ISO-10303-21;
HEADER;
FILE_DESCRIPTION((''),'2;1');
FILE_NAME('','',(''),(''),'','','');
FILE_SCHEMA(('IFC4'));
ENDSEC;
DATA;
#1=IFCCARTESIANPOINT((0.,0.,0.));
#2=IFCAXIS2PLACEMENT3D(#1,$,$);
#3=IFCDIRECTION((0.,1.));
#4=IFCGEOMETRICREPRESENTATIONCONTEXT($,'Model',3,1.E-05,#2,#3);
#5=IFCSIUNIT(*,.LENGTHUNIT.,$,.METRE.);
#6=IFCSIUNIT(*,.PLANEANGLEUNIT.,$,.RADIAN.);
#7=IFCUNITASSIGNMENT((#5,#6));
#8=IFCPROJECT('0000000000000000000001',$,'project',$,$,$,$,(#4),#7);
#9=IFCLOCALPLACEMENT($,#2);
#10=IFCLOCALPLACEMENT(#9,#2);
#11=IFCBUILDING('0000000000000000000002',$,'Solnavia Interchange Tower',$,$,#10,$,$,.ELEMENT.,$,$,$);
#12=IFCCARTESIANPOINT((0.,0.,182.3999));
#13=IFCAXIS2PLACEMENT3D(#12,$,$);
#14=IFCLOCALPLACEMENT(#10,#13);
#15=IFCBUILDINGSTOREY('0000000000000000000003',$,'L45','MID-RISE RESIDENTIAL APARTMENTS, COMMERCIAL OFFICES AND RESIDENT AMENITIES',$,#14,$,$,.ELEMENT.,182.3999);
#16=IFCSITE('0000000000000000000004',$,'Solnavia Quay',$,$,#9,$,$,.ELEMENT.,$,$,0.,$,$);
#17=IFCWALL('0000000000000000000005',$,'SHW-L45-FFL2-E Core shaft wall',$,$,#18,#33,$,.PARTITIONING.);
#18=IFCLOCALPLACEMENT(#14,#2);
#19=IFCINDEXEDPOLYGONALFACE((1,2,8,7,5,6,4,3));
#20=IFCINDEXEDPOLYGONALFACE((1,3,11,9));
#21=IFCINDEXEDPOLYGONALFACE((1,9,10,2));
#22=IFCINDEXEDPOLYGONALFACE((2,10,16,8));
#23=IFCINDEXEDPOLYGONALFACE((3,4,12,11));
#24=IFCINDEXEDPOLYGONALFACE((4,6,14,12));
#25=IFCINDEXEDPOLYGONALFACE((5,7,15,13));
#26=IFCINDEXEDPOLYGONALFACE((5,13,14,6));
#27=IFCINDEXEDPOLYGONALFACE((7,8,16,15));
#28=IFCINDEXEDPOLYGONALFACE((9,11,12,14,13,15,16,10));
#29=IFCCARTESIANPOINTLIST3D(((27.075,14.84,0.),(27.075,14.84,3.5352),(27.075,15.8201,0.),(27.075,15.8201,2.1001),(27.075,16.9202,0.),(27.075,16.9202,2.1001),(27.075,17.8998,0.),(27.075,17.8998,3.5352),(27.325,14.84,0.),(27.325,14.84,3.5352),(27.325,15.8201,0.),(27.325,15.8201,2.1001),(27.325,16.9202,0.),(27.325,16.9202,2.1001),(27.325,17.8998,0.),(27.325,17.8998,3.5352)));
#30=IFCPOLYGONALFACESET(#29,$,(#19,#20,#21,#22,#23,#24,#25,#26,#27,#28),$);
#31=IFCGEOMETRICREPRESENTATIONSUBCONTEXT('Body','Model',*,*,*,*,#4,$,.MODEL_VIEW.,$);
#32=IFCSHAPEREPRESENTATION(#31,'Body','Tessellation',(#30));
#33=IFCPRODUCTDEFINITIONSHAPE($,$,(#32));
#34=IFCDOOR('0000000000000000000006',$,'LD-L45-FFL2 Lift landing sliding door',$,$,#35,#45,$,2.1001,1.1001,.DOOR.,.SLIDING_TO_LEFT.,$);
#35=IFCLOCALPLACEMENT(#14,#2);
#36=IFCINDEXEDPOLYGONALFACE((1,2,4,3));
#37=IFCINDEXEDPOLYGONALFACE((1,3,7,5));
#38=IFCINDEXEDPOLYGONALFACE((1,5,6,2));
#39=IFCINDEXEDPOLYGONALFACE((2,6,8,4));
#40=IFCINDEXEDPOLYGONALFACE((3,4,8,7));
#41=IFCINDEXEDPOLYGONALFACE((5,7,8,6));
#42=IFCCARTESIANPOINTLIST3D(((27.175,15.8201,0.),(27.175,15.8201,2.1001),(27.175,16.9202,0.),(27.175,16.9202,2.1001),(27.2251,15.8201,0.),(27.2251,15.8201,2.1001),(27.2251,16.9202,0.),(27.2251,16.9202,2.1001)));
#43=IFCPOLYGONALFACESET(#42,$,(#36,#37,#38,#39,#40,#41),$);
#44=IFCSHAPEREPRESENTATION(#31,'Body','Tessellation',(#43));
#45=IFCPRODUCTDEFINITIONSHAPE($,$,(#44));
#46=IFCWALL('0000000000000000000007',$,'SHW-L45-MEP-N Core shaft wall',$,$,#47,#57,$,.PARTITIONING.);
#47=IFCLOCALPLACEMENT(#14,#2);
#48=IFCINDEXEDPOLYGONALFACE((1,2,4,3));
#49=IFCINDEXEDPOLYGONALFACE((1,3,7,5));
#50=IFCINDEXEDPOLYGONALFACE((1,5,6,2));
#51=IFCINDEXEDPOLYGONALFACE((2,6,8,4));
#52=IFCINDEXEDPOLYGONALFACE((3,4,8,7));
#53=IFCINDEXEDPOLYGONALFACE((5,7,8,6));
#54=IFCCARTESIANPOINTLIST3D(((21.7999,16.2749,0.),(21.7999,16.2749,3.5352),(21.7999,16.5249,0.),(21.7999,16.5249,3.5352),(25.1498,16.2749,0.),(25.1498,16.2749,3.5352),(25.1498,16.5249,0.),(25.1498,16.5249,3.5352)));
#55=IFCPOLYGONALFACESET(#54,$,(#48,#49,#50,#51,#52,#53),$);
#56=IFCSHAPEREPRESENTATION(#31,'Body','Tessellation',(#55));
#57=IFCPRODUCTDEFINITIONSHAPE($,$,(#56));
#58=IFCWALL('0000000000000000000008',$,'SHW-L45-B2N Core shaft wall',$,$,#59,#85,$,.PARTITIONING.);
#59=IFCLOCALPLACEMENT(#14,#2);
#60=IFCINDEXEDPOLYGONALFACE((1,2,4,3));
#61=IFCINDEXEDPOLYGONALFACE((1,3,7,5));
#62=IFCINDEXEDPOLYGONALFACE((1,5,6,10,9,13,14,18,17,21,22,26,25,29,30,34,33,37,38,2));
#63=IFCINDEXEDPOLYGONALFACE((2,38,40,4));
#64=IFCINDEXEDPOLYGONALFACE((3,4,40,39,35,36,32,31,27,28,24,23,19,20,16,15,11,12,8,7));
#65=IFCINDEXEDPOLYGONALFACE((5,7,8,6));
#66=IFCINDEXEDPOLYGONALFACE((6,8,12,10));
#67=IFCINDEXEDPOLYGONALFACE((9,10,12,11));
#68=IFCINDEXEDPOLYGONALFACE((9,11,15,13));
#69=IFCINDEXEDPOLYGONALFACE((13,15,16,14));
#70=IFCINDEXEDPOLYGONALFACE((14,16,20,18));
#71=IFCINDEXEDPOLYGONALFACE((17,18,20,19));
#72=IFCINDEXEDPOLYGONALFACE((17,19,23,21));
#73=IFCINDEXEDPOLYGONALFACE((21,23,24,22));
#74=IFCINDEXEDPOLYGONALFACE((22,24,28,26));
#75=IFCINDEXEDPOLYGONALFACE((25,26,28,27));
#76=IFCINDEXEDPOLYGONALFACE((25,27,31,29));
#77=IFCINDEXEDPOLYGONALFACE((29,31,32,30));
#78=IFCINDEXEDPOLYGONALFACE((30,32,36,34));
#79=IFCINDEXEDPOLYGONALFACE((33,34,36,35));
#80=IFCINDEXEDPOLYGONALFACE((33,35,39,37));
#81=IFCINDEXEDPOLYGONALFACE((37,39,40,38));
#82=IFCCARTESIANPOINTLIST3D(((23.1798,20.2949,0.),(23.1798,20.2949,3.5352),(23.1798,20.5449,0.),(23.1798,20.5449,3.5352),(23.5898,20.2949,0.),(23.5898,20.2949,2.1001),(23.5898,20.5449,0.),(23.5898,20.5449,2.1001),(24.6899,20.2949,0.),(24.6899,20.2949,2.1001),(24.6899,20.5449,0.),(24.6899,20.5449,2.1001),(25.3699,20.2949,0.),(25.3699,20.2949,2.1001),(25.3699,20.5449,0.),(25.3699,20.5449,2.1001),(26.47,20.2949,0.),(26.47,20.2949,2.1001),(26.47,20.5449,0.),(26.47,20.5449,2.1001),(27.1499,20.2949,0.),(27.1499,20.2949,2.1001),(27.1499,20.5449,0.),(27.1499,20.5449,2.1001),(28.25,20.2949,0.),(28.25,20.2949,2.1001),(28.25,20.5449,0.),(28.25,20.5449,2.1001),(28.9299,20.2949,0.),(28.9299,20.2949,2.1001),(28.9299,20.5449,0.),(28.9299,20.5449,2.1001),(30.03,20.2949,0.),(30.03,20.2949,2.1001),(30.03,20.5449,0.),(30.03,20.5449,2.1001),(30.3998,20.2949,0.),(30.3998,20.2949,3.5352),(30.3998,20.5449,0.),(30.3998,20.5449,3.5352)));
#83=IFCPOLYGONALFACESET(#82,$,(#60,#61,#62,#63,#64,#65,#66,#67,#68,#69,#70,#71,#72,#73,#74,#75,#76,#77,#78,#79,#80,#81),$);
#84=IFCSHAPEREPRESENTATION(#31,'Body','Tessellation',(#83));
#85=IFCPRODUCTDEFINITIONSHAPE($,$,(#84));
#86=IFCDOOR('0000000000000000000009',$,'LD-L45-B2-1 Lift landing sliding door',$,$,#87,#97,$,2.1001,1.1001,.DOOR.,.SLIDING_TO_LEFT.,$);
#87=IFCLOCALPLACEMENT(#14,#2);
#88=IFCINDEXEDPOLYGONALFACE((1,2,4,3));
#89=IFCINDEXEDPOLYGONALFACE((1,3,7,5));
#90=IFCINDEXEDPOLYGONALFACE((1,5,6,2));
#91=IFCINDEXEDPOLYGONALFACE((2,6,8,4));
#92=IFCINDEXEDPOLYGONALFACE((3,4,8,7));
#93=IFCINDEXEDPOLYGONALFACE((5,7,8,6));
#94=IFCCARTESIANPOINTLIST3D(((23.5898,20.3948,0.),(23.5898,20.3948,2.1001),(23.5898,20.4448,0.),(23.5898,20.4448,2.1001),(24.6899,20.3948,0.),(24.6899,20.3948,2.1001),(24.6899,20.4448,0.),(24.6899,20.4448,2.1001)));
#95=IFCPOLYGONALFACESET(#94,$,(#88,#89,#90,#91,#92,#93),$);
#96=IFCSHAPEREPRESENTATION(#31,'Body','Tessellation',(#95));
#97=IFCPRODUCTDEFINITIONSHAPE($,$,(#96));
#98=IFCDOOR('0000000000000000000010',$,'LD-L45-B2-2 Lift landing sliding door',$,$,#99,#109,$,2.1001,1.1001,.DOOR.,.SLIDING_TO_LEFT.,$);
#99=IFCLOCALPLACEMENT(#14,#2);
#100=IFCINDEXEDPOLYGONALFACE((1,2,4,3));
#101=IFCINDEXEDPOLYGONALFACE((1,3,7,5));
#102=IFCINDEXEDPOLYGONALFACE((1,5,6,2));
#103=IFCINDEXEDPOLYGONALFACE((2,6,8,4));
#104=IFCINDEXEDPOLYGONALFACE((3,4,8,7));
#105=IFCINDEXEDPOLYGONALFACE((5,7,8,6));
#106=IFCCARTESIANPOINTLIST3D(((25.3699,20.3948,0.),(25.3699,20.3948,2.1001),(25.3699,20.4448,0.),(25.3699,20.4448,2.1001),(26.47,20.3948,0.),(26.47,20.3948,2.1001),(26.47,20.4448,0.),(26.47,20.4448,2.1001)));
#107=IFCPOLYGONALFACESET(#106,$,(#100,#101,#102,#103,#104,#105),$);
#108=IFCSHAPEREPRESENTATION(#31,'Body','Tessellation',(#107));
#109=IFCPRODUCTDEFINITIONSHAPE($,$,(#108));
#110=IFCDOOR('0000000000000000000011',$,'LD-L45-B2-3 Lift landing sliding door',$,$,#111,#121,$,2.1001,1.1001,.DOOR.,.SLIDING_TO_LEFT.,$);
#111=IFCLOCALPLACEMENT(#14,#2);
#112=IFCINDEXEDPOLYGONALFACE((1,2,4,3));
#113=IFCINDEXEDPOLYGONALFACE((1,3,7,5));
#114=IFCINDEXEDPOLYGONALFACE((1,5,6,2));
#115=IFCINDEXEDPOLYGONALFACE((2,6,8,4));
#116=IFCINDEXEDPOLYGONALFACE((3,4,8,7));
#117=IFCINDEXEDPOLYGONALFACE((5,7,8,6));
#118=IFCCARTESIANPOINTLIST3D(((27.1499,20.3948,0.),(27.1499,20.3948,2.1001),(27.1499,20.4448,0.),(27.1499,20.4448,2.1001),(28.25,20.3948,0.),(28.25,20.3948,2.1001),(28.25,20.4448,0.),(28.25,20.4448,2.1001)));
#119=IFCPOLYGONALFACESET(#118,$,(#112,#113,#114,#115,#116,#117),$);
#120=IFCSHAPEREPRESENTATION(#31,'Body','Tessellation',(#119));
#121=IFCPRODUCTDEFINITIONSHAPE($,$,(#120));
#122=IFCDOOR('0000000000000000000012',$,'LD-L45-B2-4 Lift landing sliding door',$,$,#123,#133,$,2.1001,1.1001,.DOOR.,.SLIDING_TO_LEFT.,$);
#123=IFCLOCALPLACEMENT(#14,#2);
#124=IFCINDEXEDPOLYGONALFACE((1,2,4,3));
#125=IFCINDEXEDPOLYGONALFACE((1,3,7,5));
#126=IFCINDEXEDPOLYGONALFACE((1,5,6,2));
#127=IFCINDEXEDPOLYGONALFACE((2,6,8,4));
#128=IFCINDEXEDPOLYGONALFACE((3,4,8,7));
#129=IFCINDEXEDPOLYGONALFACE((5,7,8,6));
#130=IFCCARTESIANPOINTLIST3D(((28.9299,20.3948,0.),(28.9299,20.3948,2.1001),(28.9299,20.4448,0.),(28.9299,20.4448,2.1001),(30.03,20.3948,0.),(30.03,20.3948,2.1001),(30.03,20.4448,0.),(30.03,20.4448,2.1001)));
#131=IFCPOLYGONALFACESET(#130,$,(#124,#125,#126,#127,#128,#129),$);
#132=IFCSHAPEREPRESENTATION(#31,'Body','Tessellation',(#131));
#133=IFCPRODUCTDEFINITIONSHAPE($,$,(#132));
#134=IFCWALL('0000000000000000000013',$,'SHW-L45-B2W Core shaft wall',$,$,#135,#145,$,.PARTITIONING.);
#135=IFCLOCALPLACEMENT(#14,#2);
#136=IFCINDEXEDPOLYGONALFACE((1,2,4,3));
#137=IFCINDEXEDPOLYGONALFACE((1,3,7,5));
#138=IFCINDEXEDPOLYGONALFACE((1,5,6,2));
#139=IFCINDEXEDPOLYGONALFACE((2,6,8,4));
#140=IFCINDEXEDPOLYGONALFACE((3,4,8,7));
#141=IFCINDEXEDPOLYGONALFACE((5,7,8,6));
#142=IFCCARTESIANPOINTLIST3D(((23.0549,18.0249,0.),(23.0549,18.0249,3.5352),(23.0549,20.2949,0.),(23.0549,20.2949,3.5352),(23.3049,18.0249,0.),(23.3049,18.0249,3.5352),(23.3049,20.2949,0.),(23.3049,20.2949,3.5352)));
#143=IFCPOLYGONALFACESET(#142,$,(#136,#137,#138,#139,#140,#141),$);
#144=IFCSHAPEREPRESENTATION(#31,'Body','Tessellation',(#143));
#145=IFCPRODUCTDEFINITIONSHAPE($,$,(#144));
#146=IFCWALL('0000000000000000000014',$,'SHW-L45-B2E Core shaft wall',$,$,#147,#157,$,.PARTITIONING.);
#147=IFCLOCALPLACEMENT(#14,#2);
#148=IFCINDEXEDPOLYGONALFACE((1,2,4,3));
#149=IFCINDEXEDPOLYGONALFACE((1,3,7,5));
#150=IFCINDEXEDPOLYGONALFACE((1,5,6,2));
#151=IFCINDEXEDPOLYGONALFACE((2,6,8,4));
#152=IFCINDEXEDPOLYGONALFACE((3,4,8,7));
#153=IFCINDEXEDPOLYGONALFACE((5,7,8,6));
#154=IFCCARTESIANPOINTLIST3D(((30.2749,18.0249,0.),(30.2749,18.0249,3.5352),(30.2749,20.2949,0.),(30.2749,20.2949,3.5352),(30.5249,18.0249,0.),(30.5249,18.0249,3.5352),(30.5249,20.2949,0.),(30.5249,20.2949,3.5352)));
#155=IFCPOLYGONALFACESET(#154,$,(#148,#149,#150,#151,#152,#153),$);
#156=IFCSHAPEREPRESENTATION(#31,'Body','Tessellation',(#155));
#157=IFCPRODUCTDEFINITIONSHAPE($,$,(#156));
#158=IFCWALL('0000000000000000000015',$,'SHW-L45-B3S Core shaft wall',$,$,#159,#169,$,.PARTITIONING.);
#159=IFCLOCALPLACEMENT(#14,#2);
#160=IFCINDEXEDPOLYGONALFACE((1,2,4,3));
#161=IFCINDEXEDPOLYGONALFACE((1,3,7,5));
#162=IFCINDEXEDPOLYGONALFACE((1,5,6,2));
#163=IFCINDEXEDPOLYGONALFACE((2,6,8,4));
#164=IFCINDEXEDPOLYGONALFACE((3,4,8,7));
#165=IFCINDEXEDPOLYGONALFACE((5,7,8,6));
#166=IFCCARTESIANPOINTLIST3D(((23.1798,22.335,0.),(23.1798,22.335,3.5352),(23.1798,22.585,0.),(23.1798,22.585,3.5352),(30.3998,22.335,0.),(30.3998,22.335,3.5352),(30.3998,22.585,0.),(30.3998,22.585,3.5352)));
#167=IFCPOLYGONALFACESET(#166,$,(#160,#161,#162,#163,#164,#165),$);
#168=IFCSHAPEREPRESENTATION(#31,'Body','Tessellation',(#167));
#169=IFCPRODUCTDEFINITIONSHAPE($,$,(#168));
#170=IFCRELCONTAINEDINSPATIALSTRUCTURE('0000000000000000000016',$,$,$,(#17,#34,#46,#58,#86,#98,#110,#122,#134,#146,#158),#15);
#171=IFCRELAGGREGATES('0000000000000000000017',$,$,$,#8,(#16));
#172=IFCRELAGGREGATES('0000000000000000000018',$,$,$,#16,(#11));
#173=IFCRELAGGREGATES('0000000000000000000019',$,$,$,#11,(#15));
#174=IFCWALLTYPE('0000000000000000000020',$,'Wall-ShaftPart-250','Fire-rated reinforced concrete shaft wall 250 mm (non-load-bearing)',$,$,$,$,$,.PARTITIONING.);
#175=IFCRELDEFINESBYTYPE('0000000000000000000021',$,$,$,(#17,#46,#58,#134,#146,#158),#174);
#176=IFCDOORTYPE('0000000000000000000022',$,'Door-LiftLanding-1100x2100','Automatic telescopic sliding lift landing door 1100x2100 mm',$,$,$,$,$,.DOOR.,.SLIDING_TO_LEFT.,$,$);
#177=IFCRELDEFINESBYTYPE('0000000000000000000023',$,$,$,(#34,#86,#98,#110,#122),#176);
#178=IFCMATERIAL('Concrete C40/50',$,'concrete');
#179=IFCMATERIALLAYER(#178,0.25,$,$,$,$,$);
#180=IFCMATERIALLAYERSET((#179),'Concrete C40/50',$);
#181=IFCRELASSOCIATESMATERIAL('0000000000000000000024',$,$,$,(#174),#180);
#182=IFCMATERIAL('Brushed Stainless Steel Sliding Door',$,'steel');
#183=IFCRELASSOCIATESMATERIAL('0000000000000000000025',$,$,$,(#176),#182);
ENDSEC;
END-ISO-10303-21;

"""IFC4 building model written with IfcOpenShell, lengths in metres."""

from ifc_helpers import new_model, si_unit, direction, frame, frame_2d, origin, place, context, subcontext, project, spatial, rectangle, extrude, material, layer, layer_set, type_object, element, fill, save


model = new_model("IFC4")

# Units and contexts
model_context = context("Model", 3, precision=1e-05, world=origin(), true_north=direction((0.0, 1.0)))
body_context = subcontext(model_context, "Body", "Model", "MODEL_VIEW")
ifc_project = project(units=[si_unit("LENGTHUNIT", "METRE"), si_unit("PLANEANGLEUNIT", "RADIAN")], contexts=[model_context])

# Site, building, storey
site_placement = place(None, origin())
site = spatial("IfcSite", under=ifc_project, at=site_placement, Name="Solnavia Quay", CompositionType="ELEMENT", RefElevation=0.0)
building_placement = place(site_placement, origin())
building = spatial("IfcBuilding", under=site, at=building_placement, Name="Solnavia Interchange Tower", CompositionType="ELEMENT")
storey_placement = place(building_placement, frame((0.0, 0.0, 182.3999)))
storey = spatial("IfcBuildingStorey", under=building, at=storey_placement, Name="L45", Description="MID-RISE RESIDENTIAL APARTMENTS, COMMERCIAL OFFICES AND RESIDENT AMENITIES", CompositionType="ELEMENT", Elevation=182.3999)

# Shared definitions
ifc_material_1 = material(Name="Concrete C40/50", Category="concrete")

# Shared definitions
ifc_layer_1 = layer(ifc_material_1, 0.25)
ifc_layer_set_1 = layer_set([ifc_layer_1], Name="Concrete C40/50")
wall_type_1 = type_object("IfcWallType", Name="Wall-ShaftPart-250", Description="Fire-rated reinforced concrete shaft wall 250 mm (non-load-bearing)", PredefinedType="PARTITIONING", material=ifc_layer_set_1)

# Wall, opening, door
wall_1_placement = place(storey_placement, frame((27.2, 14.8401, 0.0), z_axis=(0.0, 0.0, 1.0), x_axis=(0.0, 1.0, 0.0)))
wall_1 = element("IfcWall", 1, at=wall_1_placement, inside=storey, type_object=wall_type_1, Name="SHW-L45-FFL2-E Core shaft wall", PredefinedType="PARTITIONING", context=body_context, shape_type="SweptSolid", body=[
    extrude(rectangle(XDim=3.0598, YDim=0.25, at=frame_2d((1.5298, 0.0))), origin(), (0.0, 0.0, 1.0), 3.5352),
])
opening_1_placement = place(wall_1_placement, frame((0.98, 0.0, 0.0)))
opening_1 = element("IfcOpeningElement", 2, at=opening_1_placement, cuts=wall_1, PredefinedType="OPENING", context=body_context, shape_type="SweptSolid", body=[
    extrude(rectangle(XDim=1.1001, YDim=2.1001, at=frame_2d((0.55, 1.05))), frame((0.0, 0.135, 0.0), z_axis=(0.0, -1.0, 0.0), x_axis=(1.0, 0.0, 0.0)), (0.0, 0.0, 1.0), 0.27),
])
ifc_material_2 = material(Name="Brushed Stainless Steel Sliding Door", Category="steel")
door_type_1 = type_object("IfcDoorType", Name="Door-LiftLanding-1100x2100", Description="Automatic telescopic sliding lift landing door 1100x2100 mm", OperationType="SLIDING_TO_LEFT", PredefinedType="DOOR", material=ifc_material_2)
door_1_placement = place(opening_1_placement, origin())
door_1 = element("IfcDoor", 3, at=door_1_placement, inside=storey, type_object=door_type_1, Name="LD-L45-FFL2 Lift landing sliding door", OperationType="SLIDING_TO_LEFT", OverallHeight=2.1001, OverallWidth=1.1001, PredefinedType="DOOR", context=body_context, shape_type="SweptSolid", body=[
    extrude(rectangle(XDim=1.1001, YDim=2.1001, at=frame_2d((0.55, 1.05))), frame((0.0, 0.0249, 0.0), z_axis=(0.0, -1.0, 0.0), x_axis=(1.0, 0.0, 0.0)), (0.0, 0.0, 1.0), 0.05),
])
fill(opening_1, door_1)

# Wall
wall_2_placement = place(storey_placement, frame((21.8, 16.3999, 0.0), z_axis=(0.0, 0.0, 1.0), x_axis=(1.0, 0.0, 0.0)))
element("IfcWall", 4, at=wall_2_placement, inside=storey, type_object=wall_type_1, Name="SHW-L45-MEP-N Core shaft wall", PredefinedType="PARTITIONING", context=body_context, shape_type="SweptSolid", body=[
    extrude(rectangle(XDim=3.3499, YDim=0.25, at=frame_2d((1.6748, 0.0))), origin(), (0.0, 0.0, 1.0), 3.5352),
])

# Wall, openings, doors
wall_3_placement = place(storey_placement, frame((23.1799, 20.4199, 0.0), z_axis=(0.0, 0.0, 1.0), x_axis=(1.0, 0.0, 0.0)))
wall_3 = element("IfcWall", 5, at=wall_3_placement, inside=storey, type_object=wall_type_1, Name="SHW-L45-B2N Core shaft wall", PredefinedType="PARTITIONING", context=body_context, shape_type="SweptSolid", body=[
    extrude(rectangle(XDim=7.22, YDim=0.25, at=frame_2d((3.6099, 0.0))), origin(), (0.0, 0.0, 1.0), 3.5352),
])
opening_2_placement = place(wall_3_placement, frame((0.4099, 0.0, 0.0)))
opening_2 = element("IfcOpeningElement", 6, at=opening_2_placement, cuts=wall_3, PredefinedType="OPENING", context=body_context, shape_type="SweptSolid", body=[
    extrude(rectangle(XDim=1.1001, YDim=2.1001, at=frame_2d((0.55, 1.05))), frame((0.0, 0.135, 0.0), z_axis=(0.0, -1.0, 0.0), x_axis=(1.0, 0.0, 0.0)), (0.0, 0.0, 1.0), 0.27),
])
opening_3_placement = place(wall_3_placement, frame((2.1899, 0.0, 0.0)))
opening_3 = element("IfcOpeningElement", 7, at=opening_3_placement, cuts=wall_3, PredefinedType="OPENING", context=body_context, shape_type="SweptSolid", body=[
    extrude(rectangle(XDim=1.1001, YDim=2.1001, at=frame_2d((0.55, 1.05))), frame((0.0, 0.135, 0.0), z_axis=(0.0, -1.0, 0.0), x_axis=(1.0, 0.0, 0.0)), (0.0, 0.0, 1.0), 0.27),
])
opening_4_placement = place(wall_3_placement, frame((3.97, 0.0, 0.0)))
opening_4 = element("IfcOpeningElement", 8, at=opening_4_placement, cuts=wall_3, PredefinedType="OPENING", context=body_context, shape_type="SweptSolid", body=[
    extrude(rectangle(XDim=1.1001, YDim=2.1001, at=frame_2d((0.55, 1.05))), frame((0.0, 0.135, 0.0), z_axis=(0.0, -1.0, 0.0), x_axis=(1.0, 0.0, 0.0)), (0.0, 0.0, 1.0), 0.27),
])
opening_5_placement = place(wall_3_placement, frame((5.75, 0.0, 0.0)))
opening_5 = element("IfcOpeningElement", 9, at=opening_5_placement, cuts=wall_3, PredefinedType="OPENING", context=body_context, shape_type="SweptSolid", body=[
    extrude(rectangle(XDim=1.1001, YDim=2.1001, at=frame_2d((0.55, 1.05))), frame((0.0, 0.135, 0.0), z_axis=(0.0, -1.0, 0.0), x_axis=(1.0, 0.0, 0.0)), (0.0, 0.0, 1.0), 0.27),
])
door_2_placement = place(opening_2_placement, origin())
door_2 = element("IfcDoor", 10, at=door_2_placement, inside=storey, type_object=door_type_1, Name="LD-L45-B2-1 Lift landing sliding door", OperationType="SLIDING_TO_LEFT", OverallHeight=2.1001, OverallWidth=1.1001, PredefinedType="DOOR", context=body_context, shape_type="SweptSolid", body=[
    extrude(rectangle(XDim=1.1001, YDim=2.1001, at=frame_2d((0.55, 1.05))), frame((0.0, 0.0249, 0.0), z_axis=(0.0, -1.0, 0.0), x_axis=(1.0, 0.0, 0.0)), (0.0, 0.0, 1.0), 0.05),
])
fill(opening_2, door_2)
door_3_placement = place(opening_3_placement, origin())
door_3 = element("IfcDoor", 11, at=door_3_placement, inside=storey, type_object=door_type_1, Name="LD-L45-B2-2 Lift landing sliding door", OperationType="SLIDING_TO_LEFT", OverallHeight=2.1001, OverallWidth=1.1001, PredefinedType="DOOR", context=body_context, shape_type="SweptSolid", body=[
    extrude(rectangle(XDim=1.1001, YDim=2.1001, at=frame_2d((0.55, 1.05))), frame((0.0, 0.0249, 0.0), z_axis=(0.0, -1.0, 0.0), x_axis=(1.0, 0.0, 0.0)), (0.0, 0.0, 1.0), 0.05),
])
fill(opening_3, door_3)
door_4_placement = place(opening_4_placement, origin())
door_4 = element("IfcDoor", 12, at=door_4_placement, inside=storey, type_object=door_type_1, Name="LD-L45-B2-3 Lift landing sliding door", OperationType="SLIDING_TO_LEFT", OverallHeight=2.1001, OverallWidth=1.1001, PredefinedType="DOOR", context=body_context, shape_type="SweptSolid", body=[
    extrude(rectangle(XDim=1.1001, YDim=2.1001, at=frame_2d((0.55, 1.05))), frame((0.0, 0.0249, 0.0), z_axis=(0.0, -1.0, 0.0), x_axis=(1.0, 0.0, 0.0)), (0.0, 0.0, 1.0), 0.05),
])
fill(opening_4, door_4)
door_5_placement = place(opening_5_placement, origin())
door_5 = element("IfcDoor", 13, at=door_5_placement, inside=storey, type_object=door_type_1, Name="LD-L45-B2-4 Lift landing sliding door", OperationType="SLIDING_TO_LEFT", OverallHeight=2.1001, OverallWidth=1.1001, PredefinedType="DOOR", context=body_context, shape_type="SweptSolid", body=[
    extrude(rectangle(XDim=1.1001, YDim=2.1001, at=frame_2d((0.55, 1.05))), frame((0.0, 0.0249, 0.0), z_axis=(0.0, -1.0, 0.0), x_axis=(1.0, 0.0, 0.0)), (0.0, 0.0, 1.0), 0.05),
])
fill(opening_5, door_5)

# Walls
for number, where, z_axis, x_axis, name in (
    (14, (23.1799, 18.0249, 0.0), (0.0, 0.0, 1.0), (0.0, 1.0, 0.0), "SHW-L45-B2W Core shaft wall"),
    (15, (30.3999, 18.0249, 0.0), (0.0, 0.0, 1.0), (0.0, 1.0, 0.0), "SHW-L45-B2E Core shaft wall"),
):
    element("IfcWall", number, at=place(storey_placement, frame(where, z_axis=z_axis, x_axis=x_axis)), inside=storey, type_object=wall_type_1, Name=name, PredefinedType="PARTITIONING", context=body_context, shape_type="SweptSolid", body=[
        extrude(rectangle(XDim=2.27, YDim=0.25, at=frame_2d((1.135, 0.0))), origin(), (0.0, 0.0, 1.0), 3.5352),
    ])
wall_4_placement = place(storey_placement, frame((23.1799, 22.46, 0.0), z_axis=(0.0, 0.0, 1.0), x_axis=(1.0, 0.0, 0.0)))
element("IfcWall", 16, at=wall_4_placement, inside=storey, type_object=wall_type_1, Name="SHW-L45-B3S Core shaft wall", PredefinedType="PARTITIONING", context=body_context, shape_type="SweptSolid", body=[
    extrude(rectangle(XDim=7.22, YDim=0.25, at=frame_2d((3.6099, 0.0))), origin(), (0.0, 0.0, 1.0), 3.5352),
])

save(model, "model.ifc")
